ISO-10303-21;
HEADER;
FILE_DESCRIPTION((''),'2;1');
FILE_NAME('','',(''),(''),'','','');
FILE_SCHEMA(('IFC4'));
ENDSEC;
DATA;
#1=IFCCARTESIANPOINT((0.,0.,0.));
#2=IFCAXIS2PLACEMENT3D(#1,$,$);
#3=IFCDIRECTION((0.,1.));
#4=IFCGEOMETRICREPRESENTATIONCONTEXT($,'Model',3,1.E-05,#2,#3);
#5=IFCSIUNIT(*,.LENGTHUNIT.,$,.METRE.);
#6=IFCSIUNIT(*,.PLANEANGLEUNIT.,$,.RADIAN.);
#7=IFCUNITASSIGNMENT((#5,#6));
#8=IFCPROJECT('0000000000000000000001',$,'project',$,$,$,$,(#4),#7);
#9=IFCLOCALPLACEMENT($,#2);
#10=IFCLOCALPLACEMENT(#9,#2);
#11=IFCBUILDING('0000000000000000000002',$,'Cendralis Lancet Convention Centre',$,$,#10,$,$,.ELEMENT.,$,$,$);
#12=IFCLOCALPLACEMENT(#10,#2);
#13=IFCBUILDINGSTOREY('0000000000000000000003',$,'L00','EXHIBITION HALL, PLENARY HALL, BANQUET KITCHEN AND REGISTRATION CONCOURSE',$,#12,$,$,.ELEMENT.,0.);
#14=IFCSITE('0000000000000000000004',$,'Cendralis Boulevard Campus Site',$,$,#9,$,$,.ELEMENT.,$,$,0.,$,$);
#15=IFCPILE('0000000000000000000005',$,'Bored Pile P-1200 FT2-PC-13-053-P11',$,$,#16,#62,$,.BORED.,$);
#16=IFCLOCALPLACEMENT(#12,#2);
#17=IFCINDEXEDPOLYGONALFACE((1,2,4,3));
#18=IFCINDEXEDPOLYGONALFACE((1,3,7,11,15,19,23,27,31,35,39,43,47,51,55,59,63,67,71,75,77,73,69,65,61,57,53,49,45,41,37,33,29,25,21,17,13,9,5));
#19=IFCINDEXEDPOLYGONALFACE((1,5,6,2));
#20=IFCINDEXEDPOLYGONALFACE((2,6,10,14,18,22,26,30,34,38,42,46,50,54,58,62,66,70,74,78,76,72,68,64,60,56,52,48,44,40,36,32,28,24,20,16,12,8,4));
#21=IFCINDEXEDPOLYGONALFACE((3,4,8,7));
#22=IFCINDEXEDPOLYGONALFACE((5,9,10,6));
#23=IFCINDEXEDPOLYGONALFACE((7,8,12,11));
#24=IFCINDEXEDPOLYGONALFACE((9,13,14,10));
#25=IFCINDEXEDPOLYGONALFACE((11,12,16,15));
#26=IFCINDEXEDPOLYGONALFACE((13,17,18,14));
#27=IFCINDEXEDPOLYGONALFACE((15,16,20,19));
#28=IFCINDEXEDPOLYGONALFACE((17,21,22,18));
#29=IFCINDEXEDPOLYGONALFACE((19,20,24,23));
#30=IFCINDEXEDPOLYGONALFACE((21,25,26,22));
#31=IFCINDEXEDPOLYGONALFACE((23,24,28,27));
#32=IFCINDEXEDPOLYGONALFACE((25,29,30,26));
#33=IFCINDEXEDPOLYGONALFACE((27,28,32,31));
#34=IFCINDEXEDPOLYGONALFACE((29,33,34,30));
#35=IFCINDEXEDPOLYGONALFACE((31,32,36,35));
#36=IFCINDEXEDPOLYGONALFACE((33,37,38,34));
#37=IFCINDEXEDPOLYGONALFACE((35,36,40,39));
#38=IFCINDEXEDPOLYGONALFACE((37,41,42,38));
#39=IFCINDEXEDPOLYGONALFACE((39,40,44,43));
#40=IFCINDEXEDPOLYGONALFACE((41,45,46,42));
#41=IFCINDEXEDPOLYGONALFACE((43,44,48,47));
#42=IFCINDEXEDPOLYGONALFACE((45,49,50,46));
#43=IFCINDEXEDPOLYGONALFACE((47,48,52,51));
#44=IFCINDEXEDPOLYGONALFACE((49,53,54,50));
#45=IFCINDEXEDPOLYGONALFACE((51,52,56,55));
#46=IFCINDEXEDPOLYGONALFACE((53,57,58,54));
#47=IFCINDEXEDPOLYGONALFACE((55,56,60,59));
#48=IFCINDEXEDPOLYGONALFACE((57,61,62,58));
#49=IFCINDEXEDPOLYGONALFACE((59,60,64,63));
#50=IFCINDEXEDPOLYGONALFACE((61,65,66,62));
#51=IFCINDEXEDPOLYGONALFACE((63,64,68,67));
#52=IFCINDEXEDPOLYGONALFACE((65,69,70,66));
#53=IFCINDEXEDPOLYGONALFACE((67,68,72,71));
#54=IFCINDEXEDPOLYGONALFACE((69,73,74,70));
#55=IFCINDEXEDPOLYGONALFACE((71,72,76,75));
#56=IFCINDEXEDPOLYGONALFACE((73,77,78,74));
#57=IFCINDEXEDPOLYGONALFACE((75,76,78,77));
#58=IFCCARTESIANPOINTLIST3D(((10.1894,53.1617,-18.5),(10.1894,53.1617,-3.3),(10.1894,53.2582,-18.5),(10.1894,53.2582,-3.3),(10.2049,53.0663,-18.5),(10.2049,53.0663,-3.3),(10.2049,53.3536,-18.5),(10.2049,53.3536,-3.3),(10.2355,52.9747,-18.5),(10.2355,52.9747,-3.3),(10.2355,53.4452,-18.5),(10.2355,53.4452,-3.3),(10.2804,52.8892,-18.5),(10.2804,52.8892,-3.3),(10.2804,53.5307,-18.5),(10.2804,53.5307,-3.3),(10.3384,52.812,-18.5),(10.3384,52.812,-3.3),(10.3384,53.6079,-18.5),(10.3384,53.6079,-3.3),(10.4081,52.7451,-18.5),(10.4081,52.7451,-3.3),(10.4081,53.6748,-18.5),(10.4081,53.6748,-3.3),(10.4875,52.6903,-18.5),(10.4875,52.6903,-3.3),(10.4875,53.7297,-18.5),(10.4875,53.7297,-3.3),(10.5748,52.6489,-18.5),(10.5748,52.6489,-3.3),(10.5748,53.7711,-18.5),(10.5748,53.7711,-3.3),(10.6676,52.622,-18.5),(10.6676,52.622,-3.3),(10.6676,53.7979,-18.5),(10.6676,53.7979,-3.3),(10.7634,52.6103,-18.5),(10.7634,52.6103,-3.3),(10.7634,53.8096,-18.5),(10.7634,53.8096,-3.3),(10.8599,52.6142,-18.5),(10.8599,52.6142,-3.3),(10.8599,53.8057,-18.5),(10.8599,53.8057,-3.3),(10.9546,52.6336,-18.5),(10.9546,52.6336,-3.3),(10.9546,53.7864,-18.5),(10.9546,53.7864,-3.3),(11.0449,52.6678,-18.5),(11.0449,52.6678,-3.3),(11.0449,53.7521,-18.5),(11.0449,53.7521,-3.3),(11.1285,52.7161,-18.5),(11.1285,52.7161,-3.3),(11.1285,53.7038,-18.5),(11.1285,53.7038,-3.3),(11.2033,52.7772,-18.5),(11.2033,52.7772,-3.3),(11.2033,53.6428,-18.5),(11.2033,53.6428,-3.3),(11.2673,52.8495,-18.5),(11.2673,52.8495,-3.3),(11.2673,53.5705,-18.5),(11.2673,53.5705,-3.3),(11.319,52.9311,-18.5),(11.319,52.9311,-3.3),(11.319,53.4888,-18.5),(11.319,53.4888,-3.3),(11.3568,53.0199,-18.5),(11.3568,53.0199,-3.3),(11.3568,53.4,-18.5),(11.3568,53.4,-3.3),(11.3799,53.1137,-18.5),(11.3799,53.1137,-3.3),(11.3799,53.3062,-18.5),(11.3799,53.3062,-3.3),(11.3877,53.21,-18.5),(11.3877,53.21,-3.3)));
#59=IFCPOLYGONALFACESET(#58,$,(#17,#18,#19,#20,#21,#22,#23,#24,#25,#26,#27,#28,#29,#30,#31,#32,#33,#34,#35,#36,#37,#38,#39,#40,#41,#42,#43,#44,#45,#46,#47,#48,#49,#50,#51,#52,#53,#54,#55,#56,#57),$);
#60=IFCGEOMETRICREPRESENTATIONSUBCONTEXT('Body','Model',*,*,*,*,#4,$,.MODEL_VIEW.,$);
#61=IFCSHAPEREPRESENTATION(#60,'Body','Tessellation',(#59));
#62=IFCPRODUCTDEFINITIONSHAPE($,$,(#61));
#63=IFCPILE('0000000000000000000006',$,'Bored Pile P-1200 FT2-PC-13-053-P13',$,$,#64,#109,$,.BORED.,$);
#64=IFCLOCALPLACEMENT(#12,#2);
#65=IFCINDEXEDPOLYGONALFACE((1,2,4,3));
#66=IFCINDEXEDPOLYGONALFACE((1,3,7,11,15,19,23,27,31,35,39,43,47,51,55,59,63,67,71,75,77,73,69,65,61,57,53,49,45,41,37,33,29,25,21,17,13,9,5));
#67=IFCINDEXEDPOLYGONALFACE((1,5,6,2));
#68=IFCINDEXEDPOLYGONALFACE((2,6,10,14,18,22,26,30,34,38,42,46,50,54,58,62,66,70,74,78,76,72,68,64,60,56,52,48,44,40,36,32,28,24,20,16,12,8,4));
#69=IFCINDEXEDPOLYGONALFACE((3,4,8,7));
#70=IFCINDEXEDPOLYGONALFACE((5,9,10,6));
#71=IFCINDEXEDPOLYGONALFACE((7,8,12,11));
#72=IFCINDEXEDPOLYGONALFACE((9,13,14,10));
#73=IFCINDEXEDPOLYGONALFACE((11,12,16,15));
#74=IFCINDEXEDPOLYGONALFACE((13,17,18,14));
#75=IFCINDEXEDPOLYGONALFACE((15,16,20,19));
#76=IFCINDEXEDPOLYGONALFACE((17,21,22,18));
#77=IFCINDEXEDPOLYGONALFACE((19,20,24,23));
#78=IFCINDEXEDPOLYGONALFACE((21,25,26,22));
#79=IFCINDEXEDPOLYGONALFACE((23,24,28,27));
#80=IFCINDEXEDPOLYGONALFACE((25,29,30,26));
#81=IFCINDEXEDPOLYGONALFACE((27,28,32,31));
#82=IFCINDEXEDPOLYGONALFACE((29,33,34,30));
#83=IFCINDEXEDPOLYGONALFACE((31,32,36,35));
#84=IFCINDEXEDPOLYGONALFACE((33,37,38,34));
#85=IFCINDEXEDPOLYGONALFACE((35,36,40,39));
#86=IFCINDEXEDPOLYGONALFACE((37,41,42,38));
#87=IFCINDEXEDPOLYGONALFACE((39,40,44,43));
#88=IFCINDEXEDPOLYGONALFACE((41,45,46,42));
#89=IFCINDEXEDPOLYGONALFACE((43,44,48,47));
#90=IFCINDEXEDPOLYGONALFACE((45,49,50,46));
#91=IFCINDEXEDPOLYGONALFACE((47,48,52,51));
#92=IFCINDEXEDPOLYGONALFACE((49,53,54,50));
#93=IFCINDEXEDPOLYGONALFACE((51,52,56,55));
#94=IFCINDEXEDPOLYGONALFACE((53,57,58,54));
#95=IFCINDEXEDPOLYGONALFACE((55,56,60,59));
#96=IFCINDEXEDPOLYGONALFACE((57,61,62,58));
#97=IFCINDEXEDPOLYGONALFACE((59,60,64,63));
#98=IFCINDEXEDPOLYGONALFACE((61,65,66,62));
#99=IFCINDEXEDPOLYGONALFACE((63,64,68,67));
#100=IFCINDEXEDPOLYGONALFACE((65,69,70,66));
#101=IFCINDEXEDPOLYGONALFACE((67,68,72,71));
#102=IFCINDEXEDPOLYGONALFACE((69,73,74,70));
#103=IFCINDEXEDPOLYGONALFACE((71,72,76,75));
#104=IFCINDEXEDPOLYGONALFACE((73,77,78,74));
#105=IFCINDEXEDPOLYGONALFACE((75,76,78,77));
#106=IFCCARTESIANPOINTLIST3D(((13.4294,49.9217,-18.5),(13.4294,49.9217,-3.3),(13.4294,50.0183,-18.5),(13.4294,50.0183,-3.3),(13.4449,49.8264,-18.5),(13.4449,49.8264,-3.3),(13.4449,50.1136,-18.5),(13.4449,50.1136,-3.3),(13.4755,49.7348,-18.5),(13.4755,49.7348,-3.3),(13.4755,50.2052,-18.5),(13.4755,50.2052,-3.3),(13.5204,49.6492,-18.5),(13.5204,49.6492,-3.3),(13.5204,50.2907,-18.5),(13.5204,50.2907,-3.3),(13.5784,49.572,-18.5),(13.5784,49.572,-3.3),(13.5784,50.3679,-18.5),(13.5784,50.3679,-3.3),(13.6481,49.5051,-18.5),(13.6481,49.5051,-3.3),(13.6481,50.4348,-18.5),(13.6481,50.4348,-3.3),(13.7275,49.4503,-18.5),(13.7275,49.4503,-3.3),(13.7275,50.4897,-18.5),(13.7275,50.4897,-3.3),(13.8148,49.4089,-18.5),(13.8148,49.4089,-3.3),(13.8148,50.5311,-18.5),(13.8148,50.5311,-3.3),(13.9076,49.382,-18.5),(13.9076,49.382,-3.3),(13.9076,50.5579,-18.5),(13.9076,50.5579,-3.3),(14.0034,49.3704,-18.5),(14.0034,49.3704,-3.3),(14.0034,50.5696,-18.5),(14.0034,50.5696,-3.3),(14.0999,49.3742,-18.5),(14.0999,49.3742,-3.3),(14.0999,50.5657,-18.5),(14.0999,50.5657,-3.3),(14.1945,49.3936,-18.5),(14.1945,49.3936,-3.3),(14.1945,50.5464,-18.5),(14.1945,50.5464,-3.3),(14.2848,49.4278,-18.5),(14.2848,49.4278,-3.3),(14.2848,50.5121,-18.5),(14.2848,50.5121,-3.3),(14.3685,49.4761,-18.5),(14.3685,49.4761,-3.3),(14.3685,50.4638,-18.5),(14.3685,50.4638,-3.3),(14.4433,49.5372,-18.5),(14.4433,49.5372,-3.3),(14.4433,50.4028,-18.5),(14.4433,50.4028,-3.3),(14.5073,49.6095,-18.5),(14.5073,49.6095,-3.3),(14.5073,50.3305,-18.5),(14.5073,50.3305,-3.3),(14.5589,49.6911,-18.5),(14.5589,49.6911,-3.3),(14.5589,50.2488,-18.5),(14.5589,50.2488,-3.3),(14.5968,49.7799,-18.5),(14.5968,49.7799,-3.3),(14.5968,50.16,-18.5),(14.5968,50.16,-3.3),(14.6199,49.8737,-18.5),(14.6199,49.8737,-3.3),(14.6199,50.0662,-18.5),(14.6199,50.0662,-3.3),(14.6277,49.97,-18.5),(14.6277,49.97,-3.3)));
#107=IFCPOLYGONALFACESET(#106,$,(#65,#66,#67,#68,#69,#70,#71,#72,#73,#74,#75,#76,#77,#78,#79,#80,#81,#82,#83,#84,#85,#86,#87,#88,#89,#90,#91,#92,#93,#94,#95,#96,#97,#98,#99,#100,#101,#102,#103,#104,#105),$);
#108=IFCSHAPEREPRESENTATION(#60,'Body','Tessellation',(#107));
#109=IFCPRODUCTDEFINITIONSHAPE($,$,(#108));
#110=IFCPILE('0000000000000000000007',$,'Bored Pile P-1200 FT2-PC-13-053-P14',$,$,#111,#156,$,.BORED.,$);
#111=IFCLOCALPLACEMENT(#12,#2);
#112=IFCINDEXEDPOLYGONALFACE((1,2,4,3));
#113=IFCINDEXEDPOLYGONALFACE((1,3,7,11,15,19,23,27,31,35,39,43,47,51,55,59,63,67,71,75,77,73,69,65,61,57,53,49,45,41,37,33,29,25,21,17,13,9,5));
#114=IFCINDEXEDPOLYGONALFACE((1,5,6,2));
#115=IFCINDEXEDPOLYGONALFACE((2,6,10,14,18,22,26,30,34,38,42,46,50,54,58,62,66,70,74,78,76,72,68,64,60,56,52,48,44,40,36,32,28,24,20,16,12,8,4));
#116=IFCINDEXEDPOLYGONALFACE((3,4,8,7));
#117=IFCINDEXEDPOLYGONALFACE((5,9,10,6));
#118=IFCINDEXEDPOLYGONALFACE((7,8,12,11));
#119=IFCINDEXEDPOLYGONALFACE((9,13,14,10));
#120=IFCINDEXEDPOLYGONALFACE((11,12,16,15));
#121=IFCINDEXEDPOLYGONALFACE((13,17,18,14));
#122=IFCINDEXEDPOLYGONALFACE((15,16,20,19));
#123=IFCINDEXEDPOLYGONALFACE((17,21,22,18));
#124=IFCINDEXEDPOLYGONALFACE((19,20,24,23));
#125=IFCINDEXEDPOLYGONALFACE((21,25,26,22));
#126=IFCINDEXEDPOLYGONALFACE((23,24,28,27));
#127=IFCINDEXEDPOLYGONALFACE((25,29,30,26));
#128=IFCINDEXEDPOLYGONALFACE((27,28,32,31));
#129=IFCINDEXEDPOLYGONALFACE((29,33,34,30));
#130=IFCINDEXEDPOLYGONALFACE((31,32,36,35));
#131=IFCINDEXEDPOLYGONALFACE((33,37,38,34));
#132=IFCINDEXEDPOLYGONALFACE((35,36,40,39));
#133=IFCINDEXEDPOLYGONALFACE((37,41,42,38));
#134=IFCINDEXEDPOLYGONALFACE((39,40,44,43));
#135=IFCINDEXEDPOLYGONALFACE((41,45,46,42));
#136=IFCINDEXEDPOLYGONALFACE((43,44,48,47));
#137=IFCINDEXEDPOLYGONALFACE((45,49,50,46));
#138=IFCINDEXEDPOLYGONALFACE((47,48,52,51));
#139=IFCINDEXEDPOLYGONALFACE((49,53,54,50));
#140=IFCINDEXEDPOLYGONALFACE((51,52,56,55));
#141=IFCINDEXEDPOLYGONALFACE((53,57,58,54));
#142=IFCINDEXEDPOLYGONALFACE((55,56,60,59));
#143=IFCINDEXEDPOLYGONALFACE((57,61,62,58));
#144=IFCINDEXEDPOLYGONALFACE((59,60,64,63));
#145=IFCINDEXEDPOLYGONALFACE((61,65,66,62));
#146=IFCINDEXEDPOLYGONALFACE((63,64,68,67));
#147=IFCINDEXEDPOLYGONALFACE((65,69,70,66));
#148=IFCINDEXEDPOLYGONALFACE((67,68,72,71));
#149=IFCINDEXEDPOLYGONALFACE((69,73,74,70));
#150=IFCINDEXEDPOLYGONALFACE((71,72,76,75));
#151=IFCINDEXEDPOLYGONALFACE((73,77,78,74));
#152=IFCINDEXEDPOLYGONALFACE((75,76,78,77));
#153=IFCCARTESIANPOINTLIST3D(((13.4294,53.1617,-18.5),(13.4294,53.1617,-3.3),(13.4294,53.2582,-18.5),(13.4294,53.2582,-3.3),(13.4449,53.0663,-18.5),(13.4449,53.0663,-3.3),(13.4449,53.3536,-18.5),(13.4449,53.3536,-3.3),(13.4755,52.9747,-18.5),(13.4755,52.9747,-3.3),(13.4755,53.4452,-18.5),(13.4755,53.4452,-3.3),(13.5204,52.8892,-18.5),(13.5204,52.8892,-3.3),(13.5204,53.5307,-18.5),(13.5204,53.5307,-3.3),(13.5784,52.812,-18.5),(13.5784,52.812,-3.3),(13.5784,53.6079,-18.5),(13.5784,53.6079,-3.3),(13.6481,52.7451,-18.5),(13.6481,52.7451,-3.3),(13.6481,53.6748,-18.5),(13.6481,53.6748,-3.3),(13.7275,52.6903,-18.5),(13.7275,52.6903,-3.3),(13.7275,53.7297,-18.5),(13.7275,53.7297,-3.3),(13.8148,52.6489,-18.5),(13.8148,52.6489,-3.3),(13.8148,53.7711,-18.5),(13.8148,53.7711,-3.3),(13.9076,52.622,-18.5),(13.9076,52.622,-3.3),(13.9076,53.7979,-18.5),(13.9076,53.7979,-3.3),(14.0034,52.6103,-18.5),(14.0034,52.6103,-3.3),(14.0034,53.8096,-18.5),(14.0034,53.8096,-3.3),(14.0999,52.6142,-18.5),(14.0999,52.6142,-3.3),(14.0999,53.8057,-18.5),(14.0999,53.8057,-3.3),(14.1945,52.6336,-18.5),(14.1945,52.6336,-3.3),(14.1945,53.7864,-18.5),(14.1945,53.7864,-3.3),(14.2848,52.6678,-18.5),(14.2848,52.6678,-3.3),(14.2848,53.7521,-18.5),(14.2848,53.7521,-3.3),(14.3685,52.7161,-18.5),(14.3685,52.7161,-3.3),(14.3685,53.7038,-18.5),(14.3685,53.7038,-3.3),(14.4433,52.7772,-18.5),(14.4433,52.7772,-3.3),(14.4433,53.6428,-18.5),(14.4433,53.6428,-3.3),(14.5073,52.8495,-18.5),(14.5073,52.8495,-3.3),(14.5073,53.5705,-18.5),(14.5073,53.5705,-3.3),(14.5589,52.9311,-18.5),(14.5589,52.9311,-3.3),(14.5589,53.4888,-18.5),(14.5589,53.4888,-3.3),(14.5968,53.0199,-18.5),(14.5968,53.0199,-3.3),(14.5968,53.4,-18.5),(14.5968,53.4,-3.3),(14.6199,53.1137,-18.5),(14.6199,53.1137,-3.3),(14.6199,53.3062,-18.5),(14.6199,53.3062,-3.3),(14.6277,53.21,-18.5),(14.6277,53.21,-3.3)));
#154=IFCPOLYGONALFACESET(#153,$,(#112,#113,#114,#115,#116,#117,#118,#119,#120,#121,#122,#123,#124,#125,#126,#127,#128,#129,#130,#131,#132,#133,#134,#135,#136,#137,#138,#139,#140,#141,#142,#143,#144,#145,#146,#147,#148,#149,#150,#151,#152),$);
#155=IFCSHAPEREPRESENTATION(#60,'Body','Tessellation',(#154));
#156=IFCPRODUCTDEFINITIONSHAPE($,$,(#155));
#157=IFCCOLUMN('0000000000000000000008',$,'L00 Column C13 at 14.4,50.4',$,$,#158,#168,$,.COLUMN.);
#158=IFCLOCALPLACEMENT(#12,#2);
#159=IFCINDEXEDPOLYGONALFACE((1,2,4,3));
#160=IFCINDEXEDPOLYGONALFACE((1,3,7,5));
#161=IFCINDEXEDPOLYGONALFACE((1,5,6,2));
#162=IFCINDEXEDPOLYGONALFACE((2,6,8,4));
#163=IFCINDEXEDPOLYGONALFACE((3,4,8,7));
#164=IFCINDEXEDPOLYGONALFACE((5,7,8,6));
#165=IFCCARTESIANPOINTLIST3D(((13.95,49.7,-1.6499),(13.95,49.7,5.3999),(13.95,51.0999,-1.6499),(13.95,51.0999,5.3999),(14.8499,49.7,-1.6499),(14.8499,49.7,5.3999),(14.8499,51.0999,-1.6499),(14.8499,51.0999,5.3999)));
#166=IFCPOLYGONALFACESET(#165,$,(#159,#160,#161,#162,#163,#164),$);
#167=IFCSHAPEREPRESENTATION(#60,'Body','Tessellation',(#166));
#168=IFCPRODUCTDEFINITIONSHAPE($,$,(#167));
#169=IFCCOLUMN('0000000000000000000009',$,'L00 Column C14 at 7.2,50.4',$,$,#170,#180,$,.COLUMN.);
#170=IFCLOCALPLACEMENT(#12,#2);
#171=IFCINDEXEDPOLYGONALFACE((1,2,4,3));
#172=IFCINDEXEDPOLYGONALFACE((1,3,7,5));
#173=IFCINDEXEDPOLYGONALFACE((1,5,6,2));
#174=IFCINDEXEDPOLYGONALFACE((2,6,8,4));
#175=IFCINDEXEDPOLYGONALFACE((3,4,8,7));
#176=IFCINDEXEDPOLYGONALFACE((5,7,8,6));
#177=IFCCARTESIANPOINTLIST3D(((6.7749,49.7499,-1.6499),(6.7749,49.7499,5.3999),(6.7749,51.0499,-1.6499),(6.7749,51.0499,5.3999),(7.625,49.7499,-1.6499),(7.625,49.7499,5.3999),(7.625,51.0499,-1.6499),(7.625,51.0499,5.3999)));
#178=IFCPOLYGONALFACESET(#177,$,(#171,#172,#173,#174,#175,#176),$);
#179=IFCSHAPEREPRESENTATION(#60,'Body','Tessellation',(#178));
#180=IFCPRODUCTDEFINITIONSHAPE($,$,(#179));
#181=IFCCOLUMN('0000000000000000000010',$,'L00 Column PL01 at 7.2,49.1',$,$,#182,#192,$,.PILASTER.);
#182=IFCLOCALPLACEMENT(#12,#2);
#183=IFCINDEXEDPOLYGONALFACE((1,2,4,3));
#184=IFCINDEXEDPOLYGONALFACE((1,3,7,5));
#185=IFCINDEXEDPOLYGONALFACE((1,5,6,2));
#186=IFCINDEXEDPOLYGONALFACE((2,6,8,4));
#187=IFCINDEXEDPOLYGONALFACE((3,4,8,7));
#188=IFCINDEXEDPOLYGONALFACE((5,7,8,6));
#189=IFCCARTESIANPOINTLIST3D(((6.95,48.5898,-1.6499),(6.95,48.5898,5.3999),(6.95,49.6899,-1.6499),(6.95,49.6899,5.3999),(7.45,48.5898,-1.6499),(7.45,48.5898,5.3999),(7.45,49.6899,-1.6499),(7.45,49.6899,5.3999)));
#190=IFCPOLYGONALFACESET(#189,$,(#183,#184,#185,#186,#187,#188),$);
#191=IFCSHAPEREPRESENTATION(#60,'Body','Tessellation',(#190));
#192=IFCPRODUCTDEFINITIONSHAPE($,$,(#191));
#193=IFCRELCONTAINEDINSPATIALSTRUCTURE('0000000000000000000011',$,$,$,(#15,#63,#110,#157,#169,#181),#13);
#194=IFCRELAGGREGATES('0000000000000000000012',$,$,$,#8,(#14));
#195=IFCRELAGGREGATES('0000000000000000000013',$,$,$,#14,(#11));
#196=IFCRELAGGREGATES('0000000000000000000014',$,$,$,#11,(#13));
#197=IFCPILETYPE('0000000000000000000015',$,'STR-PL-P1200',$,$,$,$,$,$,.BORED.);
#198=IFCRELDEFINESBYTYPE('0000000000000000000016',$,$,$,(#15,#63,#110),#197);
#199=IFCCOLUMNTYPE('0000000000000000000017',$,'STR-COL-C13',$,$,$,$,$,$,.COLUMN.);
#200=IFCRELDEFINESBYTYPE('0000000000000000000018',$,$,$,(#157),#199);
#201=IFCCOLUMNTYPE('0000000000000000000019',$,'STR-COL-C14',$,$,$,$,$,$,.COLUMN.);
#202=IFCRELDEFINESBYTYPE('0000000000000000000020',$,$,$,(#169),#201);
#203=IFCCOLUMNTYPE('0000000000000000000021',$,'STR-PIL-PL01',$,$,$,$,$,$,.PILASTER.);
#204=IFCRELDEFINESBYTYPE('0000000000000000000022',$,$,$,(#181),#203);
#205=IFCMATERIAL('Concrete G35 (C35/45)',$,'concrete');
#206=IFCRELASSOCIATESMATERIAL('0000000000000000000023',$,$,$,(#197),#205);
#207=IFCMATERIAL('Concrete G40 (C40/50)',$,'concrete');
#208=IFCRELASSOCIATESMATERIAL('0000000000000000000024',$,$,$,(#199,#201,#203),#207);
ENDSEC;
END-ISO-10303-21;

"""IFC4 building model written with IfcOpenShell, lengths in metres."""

from ifc_helpers import new_model, si_unit, direction, frame, origin, origin_2d, place, context, subcontext, project, spatial, rectangle, circle, extrude, material, material_profile, profile_set, type_object, element, save


model = new_model("IFC4")

# Units and contexts
model_context = context("Model", 3, precision=1e-05, world=origin(), true_north=direction((0.0, 1.0)))
body_context = subcontext(model_context, "Body", "Model", "MODEL_VIEW")
ifc_project = project(units=[si_unit("LENGTHUNIT", "METRE"), si_unit("PLANEANGLEUNIT", "RADIAN")], contexts=[model_context])

# Site, building, storey
site_placement = place(None, origin())
site = spatial("IfcSite", under=ifc_project, at=site_placement, Name="Cendralis Boulevard Campus Site", CompositionType="ELEMENT", RefElevation=0.0)
building_placement = place(site_placement, origin())
building = spatial("IfcBuilding", under=site, at=building_placement, Name="Cendralis Lancet Convention Centre", CompositionType="ELEMENT")
storey_placement = place(building_placement, origin())
storey = spatial("IfcBuildingStorey", under=building, at=storey_placement, Name="L00", Description="EXHIBITION HALL, PLENARY HALL, BANQUET KITCHEN AND REGISTRATION CONCOURSE", CompositionType="ELEMENT", Elevation=0.0)

# Shared definitions
ifc_material_1 = material(Name="Concrete G35 (C35/45)", Category="concrete")

# Piles
ifc_material_profile_1 = material_profile(ifc_material_1, circle(Radius=0.6001, at=origin_2d()), Name="BORED PILE D1200")
ifc_profile_set_1 = profile_set([ifc_material_profile_1], Name="Concrete G35 (C35/45)")
pile_type = type_object("IfcPileType", Name="STR-PL-P1200", PredefinedType="BORED", material=ifc_profile_set_1)
for number, where, z_axis, x_axis, name in (
    (1, (10.7876, 53.21, -3.3), (0.0, 0.0, -1.0), (1.0, 0.0, 0.0), "Bored Pile P-1200 FT2-PC-13-053-P11"),
    (2, (14.0276, 49.97, -3.3), (0.0, 0.0, -1.0), (1.0, 0.0, 0.0), "Bored Pile P-1200 FT2-PC-13-053-P13"),
    (3, (14.0276, 53.21, -3.3), (0.0, 0.0, -1.0), (1.0, 0.0, 0.0), "Bored Pile P-1200 FT2-PC-13-053-P14"),
):
    element("IfcPile", number, at=place(storey_placement, frame(where, z_axis=z_axis, x_axis=x_axis)), inside=storey, type_object=pile_type, Name=name, PredefinedType="BORED", context=body_context, shape_type="SweptSolid", body=[
        extrude(circle(Radius=0.6001, at=origin_2d()), origin(), (0.0, 0.0, 1.0), 15.2),
    ])

# Columns
ifc_material_2 = material(Name="Concrete G40 (C40/50)", Category="concrete")
ifc_material_profile_2 = material_profile(ifc_material_2, rectangle(XDim=0.8999, YDim=1.3999, at=origin_2d()), Name="RC 900x1400")
ifc_profile_set_2 = profile_set([ifc_material_profile_2], Name="Concrete G40 (C40/50)")
column_type_1 = type_object("IfcColumnType", Name="STR-COL-C13", PredefinedType="COLUMN", material=ifc_profile_set_2)
column_1_placement = place(storey_placement, frame((14.3999, 50.3999, -1.6499), z_axis=(0.0, 0.0, 1.0), x_axis=(1.0, 0.0, 0.0)))
element("IfcColumn", 4, at=column_1_placement, inside=storey, type_object=column_type_1, Name="L00 Column C13 at 14.4,50.4", PredefinedType="COLUMN", context=body_context, shape_type="SweptSolid", body=[
    extrude(rectangle(XDim=0.8999, YDim=1.3999, at=origin_2d()), origin(), (0.0, 0.0, 1.0), 7.0498),
])
ifc_material_profile_3 = material_profile(ifc_material_2, rectangle(XDim=0.8501, YDim=1.3, at=origin_2d()), Name="RC 850x1300")
ifc_profile_set_3 = profile_set([ifc_material_profile_3], Name="Concrete G40 (C40/50)")
column_type_2 = type_object("IfcColumnType", Name="STR-COL-C14", PredefinedType="COLUMN", material=ifc_profile_set_3)
column_2_placement = place(storey_placement, frame((7.2, 50.3999, -1.6499), z_axis=(0.0, 0.0, 1.0), x_axis=(1.0, 0.0, 0.0)))
element("IfcColumn", 5, at=column_2_placement, inside=storey, type_object=column_type_2, Name="L00 Column C14 at 7.2,50.4", PredefinedType="COLUMN", context=body_context, shape_type="SweptSolid", body=[
    extrude(rectangle(XDim=0.8501, YDim=1.3, at=origin_2d()), origin(), (0.0, 0.0, 1.0), 7.0498),
])
ifc_material_profile_4 = material_profile(ifc_material_2, rectangle(XDim=0.5, YDim=1.1001, at=origin_2d()), Name="RC 500x1100")
ifc_profile_set_4 = profile_set([ifc_material_profile_4], Name="Concrete G40 (C40/50)")
column_type_3 = type_object("IfcColumnType", Name="STR-PIL-PL01", PredefinedType="PILASTER", material=ifc_profile_set_4)
for number, where, z_axis, x_axis, name in (
    (6, (7.2, 49.1399, -1.6499), (0.0, 0.0, 1.0), (1.0, 0.0, 0.0), "L00 Column PL01 at 7.2,49.1"),
):
    element("IfcColumn", number, at=place(storey_placement, frame(where, z_axis=z_axis, x_axis=x_axis)), inside=storey, type_object=column_type_3, Name=name, PredefinedType="PILASTER", context=body_context, shape_type="SweptSolid", body=[
        extrude(rectangle(XDim=0.5, YDim=1.1001, at=origin_2d()), origin(), (0.0, 0.0, 1.0), 7.0498),
    ])

save(model, "model.ifc")
